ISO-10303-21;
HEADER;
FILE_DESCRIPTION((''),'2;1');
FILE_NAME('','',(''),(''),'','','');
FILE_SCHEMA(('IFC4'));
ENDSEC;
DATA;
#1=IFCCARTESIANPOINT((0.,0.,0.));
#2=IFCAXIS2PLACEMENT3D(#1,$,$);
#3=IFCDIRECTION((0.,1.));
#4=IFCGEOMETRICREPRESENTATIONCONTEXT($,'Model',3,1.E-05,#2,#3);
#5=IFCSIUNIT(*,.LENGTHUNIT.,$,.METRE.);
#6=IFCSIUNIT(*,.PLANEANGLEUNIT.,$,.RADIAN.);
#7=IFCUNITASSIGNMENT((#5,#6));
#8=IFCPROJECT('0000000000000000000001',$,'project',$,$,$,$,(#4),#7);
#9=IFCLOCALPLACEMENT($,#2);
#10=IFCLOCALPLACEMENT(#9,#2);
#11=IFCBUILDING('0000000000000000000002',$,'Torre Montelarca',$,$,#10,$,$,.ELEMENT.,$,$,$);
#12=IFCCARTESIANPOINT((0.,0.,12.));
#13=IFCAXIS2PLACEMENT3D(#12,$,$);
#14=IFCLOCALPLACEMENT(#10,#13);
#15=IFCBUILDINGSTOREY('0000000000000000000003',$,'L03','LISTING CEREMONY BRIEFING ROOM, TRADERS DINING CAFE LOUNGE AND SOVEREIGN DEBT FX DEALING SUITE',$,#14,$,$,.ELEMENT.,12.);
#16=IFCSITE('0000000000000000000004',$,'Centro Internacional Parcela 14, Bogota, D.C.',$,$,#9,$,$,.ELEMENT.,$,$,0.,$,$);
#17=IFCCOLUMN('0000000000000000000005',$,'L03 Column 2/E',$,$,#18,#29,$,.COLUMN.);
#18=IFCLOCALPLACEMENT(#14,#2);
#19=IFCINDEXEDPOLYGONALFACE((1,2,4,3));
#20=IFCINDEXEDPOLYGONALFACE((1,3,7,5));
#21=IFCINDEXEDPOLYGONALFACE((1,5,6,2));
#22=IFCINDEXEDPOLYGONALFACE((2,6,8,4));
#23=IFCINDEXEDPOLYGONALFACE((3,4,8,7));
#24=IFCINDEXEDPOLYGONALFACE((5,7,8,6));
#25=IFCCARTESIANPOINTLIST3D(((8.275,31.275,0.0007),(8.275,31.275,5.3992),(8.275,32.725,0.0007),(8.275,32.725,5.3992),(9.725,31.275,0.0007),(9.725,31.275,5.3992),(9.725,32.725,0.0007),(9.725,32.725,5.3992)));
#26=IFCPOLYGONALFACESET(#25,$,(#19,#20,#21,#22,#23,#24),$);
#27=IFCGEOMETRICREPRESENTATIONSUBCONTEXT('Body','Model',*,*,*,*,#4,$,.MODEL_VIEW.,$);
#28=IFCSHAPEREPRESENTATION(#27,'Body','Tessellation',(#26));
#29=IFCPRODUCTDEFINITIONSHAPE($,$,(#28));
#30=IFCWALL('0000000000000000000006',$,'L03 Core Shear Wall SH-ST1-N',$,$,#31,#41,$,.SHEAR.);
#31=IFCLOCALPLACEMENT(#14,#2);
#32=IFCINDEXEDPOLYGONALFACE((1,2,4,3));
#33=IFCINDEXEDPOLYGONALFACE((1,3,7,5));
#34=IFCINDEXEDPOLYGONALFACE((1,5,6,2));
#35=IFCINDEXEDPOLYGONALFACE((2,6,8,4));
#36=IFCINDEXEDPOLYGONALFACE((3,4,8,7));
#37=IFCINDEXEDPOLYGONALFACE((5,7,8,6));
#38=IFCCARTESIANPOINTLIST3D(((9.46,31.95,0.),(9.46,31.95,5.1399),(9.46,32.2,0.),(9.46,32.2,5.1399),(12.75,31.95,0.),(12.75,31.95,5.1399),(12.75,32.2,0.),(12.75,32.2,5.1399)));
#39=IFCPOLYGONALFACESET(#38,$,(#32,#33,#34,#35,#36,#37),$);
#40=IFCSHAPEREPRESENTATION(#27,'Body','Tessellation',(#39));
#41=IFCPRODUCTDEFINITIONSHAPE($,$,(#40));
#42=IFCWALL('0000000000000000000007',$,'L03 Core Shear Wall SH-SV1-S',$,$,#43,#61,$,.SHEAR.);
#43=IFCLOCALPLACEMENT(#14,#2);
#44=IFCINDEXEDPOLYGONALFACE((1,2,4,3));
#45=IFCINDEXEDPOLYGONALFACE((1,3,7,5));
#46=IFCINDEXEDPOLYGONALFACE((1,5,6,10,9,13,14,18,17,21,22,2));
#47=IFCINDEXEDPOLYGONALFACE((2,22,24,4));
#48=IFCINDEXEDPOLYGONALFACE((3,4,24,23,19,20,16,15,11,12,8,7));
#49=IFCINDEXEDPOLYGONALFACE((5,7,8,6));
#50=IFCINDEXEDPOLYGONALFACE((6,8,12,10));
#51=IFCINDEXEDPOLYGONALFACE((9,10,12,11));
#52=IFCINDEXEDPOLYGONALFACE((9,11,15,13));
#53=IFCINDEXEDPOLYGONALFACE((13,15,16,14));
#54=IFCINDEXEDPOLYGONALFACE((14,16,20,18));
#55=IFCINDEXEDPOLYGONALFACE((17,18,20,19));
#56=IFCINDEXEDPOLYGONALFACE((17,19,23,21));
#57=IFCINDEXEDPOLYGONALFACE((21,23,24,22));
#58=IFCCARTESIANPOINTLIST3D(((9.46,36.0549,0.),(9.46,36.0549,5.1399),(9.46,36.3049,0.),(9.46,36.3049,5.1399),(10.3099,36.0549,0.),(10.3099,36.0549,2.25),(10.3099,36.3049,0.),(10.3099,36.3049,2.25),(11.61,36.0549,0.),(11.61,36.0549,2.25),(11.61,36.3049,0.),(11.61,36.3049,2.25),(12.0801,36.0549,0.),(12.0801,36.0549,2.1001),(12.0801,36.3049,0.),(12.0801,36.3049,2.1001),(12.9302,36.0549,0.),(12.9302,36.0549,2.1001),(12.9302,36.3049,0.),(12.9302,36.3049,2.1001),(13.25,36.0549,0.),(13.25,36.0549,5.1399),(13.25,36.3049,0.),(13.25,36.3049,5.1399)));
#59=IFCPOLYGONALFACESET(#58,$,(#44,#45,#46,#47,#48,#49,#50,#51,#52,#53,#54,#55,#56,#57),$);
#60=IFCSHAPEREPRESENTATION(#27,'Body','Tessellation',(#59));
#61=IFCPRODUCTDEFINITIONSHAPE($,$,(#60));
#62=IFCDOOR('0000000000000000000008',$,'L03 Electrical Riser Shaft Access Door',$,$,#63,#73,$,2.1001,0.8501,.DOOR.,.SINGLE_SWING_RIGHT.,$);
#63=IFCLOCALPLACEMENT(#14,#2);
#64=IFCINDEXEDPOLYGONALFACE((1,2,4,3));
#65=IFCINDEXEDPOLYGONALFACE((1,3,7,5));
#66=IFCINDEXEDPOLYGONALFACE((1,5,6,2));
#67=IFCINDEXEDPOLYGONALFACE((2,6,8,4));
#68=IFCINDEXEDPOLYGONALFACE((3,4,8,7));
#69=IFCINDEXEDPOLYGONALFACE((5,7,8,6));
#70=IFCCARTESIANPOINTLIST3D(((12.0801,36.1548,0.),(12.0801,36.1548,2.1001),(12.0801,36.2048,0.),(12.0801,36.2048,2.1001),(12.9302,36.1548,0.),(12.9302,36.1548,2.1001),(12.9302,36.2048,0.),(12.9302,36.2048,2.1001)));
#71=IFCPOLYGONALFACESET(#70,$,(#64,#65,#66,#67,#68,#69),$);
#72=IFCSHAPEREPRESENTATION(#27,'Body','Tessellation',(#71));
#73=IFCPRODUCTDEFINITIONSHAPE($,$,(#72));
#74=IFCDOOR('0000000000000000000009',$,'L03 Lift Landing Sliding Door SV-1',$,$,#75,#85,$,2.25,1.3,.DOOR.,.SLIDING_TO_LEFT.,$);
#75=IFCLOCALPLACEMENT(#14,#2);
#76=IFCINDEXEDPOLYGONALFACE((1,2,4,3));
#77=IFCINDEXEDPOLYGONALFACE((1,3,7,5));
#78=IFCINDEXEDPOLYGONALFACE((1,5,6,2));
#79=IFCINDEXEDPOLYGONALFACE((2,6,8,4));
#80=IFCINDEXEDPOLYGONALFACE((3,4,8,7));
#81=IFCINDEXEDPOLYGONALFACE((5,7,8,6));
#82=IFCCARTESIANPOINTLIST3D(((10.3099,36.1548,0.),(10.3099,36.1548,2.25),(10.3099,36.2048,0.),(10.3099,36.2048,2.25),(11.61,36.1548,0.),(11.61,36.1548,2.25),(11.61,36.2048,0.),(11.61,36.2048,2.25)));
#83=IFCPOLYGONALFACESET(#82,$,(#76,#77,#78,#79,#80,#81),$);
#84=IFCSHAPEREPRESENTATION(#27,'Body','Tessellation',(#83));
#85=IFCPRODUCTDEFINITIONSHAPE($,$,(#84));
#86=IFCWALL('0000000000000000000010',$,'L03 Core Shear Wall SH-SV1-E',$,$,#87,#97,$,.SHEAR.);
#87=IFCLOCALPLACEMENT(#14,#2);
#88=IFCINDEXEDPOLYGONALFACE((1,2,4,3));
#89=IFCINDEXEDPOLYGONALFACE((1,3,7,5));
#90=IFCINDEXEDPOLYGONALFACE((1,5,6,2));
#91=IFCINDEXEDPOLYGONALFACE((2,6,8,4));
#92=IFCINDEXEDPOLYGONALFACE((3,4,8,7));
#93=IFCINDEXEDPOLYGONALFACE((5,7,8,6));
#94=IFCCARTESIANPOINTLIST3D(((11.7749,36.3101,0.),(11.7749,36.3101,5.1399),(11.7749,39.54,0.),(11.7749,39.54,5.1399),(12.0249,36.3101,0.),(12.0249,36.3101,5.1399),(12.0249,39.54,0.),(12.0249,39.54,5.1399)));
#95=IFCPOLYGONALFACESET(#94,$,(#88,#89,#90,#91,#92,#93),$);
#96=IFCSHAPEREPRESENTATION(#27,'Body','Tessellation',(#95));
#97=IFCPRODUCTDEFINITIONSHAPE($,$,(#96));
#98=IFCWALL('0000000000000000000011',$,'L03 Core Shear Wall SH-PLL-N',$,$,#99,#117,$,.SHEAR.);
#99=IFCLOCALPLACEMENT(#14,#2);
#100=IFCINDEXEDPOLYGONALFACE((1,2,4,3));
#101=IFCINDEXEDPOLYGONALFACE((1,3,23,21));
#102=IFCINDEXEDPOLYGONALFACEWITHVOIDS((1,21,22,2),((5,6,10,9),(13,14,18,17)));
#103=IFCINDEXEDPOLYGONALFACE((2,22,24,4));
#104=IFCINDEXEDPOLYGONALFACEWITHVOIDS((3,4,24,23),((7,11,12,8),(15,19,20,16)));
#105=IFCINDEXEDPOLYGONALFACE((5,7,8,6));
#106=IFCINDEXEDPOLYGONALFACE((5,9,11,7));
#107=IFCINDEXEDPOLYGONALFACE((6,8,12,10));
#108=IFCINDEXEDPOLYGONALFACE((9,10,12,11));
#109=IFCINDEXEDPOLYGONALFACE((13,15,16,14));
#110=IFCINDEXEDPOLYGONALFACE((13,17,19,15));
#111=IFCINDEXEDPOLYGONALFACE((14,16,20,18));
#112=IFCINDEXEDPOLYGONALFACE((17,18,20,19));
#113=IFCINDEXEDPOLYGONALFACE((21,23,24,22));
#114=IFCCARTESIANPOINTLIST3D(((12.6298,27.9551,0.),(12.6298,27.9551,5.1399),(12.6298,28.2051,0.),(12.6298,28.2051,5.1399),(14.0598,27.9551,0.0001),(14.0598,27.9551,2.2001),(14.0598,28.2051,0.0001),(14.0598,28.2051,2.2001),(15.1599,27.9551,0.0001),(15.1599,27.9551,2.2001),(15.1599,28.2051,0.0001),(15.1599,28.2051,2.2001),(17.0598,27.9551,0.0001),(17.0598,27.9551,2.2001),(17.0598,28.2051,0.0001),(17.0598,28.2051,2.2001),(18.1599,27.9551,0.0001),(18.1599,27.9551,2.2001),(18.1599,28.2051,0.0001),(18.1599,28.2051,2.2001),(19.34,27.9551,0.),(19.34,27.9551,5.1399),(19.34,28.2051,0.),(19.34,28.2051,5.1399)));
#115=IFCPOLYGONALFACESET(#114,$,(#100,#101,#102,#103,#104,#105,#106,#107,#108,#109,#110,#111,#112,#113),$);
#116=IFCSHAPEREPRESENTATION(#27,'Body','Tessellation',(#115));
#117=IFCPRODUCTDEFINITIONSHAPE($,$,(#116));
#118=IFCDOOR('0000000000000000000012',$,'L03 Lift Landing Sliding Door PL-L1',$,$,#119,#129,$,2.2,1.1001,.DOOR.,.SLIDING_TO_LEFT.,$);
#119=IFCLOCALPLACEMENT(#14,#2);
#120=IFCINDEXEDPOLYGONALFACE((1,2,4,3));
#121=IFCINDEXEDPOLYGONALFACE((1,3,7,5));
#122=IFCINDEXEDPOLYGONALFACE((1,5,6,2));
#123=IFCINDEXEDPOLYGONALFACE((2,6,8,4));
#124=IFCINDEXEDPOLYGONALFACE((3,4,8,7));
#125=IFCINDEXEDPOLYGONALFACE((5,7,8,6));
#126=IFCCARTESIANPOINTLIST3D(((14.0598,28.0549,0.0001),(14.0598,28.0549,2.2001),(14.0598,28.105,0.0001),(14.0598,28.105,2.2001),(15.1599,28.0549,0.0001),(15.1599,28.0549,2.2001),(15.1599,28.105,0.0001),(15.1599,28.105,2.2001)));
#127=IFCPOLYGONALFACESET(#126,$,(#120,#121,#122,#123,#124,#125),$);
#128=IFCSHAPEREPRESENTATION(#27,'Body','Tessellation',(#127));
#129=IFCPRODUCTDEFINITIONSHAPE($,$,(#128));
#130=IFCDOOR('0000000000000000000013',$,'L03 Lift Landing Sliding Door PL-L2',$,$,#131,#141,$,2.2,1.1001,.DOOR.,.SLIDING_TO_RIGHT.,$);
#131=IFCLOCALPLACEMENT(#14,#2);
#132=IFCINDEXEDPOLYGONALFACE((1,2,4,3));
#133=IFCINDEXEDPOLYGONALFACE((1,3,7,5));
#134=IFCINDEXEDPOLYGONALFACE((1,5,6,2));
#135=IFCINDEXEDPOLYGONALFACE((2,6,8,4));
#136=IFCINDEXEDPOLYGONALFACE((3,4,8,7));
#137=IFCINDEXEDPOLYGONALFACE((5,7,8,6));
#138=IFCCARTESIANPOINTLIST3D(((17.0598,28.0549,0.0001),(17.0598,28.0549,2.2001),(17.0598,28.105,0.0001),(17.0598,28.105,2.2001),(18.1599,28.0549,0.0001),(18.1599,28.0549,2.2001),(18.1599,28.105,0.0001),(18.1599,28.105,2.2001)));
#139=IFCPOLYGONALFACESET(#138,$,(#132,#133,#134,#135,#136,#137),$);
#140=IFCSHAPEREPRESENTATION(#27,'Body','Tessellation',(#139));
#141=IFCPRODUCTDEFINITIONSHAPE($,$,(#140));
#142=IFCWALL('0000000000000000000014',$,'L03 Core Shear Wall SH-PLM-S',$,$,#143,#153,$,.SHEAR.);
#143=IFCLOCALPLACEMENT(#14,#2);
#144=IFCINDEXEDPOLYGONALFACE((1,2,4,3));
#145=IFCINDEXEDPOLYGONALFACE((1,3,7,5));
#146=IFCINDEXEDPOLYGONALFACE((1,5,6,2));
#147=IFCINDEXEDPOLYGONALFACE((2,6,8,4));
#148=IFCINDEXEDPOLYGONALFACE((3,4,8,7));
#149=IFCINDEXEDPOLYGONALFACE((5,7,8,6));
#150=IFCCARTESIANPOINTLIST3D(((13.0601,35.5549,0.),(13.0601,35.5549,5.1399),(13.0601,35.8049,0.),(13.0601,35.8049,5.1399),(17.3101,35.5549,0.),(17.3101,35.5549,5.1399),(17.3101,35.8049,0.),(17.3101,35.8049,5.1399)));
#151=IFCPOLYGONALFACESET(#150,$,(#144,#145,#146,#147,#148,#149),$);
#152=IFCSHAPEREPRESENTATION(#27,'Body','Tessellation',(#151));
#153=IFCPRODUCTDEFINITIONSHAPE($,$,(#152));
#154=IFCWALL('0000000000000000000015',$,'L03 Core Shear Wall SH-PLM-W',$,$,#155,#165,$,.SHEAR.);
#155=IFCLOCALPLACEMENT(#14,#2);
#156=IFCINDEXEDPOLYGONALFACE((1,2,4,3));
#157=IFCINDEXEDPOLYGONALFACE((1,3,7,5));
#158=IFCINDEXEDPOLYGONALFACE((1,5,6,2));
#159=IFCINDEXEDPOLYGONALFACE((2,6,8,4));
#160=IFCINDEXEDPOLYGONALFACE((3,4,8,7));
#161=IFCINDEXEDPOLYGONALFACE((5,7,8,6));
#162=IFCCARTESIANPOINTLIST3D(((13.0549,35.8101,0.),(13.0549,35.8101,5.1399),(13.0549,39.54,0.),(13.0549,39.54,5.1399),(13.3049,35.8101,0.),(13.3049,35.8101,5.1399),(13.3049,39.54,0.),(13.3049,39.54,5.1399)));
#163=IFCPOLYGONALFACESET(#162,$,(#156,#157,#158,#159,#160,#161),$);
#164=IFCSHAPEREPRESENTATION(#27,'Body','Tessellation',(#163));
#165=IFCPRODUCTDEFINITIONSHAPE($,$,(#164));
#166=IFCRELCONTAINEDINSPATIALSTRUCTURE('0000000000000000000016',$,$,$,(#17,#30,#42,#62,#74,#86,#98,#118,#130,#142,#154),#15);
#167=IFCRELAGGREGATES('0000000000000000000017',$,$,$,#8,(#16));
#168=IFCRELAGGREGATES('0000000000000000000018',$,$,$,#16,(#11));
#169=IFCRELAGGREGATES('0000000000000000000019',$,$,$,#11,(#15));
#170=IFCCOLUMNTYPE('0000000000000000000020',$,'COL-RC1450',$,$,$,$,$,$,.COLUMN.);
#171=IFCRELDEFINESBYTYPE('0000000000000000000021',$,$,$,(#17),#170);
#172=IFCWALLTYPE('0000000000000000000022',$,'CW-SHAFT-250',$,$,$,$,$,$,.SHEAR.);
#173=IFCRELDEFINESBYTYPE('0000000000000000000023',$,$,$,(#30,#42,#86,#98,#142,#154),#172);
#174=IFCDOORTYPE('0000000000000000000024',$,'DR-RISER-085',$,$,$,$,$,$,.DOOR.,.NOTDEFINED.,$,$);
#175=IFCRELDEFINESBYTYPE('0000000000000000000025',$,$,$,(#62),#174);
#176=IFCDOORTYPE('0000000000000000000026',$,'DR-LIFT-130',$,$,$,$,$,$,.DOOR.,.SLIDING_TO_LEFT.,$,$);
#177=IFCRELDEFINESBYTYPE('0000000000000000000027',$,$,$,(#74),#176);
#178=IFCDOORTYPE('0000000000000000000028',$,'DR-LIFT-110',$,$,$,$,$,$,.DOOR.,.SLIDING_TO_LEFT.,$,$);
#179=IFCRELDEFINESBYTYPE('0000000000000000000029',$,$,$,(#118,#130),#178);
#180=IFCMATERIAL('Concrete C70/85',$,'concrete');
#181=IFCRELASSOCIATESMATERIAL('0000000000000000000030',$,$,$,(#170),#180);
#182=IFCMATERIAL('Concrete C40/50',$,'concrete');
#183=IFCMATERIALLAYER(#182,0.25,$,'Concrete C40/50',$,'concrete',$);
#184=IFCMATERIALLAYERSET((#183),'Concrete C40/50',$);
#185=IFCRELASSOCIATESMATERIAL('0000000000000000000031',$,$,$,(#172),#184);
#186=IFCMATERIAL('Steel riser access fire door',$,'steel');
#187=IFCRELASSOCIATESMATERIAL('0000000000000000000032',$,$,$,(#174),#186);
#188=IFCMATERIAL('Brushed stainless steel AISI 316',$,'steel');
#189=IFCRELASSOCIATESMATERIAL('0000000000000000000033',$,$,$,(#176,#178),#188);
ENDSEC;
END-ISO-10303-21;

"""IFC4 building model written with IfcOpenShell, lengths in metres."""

from ifc_helpers import new_model, si_unit, direction, frame, frame_2d, origin, origin_2d, place, context, subcontext, project, spatial, rectangle, extrude, source, transform, mapped, material, layer, layer_set, material_profile, profile_set, type_object, element, fill, save


model = new_model("IFC4")

# Units and contexts
model_context = context("Model", 3, precision=1e-05, world=origin(), true_north=direction((0.0, 1.0)))
body_context = subcontext(model_context, "Body", "Model", "MODEL_VIEW")
ifc_project = project(units=[si_unit("LENGTHUNIT", "METRE"), si_unit("PLANEANGLEUNIT", "RADIAN")], contexts=[model_context])

# Site, building, storey
site_placement = place(None, origin())
site = spatial("IfcSite", under=ifc_project, at=site_placement, Name="Centro Internacional Parcela 14, Bogota, D.C.", CompositionType="ELEMENT", RefElevation=0.0)
building_placement = place(site_placement, origin())
building = spatial("IfcBuilding", under=site, at=building_placement, Name="Torre Montelarca", CompositionType="ELEMENT")
storey_placement = place(building_placement, frame((0.0, 0.0, 12.0)))
storey = spatial("IfcBuildingStorey", under=building, at=storey_placement, Name="L03", Description="LISTING CEREMONY BRIEFING ROOM, TRADERS DINING CAFE LOUNGE AND SOVEREIGN DEBT FX DEALING SUITE", CompositionType="ELEMENT", Elevation=12.0)

# Column
ifc_material_1 = material(Name="Concrete C70/85", Category="concrete")
ifc_material_profile = material_profile(ifc_material_1, rectangle(XDim=1.45, YDim=1.45, at=origin_2d()), Name="RC1450X1450", Category="concrete")
ifc_profile_set = profile_set([ifc_material_profile], Name="Concrete C70/85")
column_type = type_object("IfcColumnType", Name="COL-RC1450", PredefinedType="COLUMN", material=ifc_profile_set)
shared_shape_1 = source(origin(), body_context, "Body", "SweptSolid", [
    extrude(rectangle(XDim=1.45, YDim=1.45, at=origin_2d()), origin(), (0.0, 0.0, 1.0), 5.3984),
])
column_placement = place(storey_placement, frame((9.0, 32.0, 0.0007), z_axis=(0.0, 0.0, 1.0), x_axis=(1.0, 0.0, 0.0)))
element("IfcColumn", 1, at=column_placement, inside=storey, type_object=column_type, Name="L03 Column 2/E", PredefinedType="COLUMN", context=body_context, shape_type="MappedRepresentation", body=[
    mapped(shared_shape_1, transform((0.0, 0.0, 0.0), scale=1.0)),
])

# Wall
ifc_material_2 = material(Name="Concrete C40/50", Category="concrete")
ifc_layer_1 = layer(ifc_material_2, 0.25, Name="Concrete C40/50", Category="concrete")
ifc_layer_set_1 = layer_set([ifc_layer_1], Name="Concrete C40/50")
wall_type_1 = type_object("IfcWallType", Name="CW-SHAFT-250", PredefinedType="SHEAR", material=ifc_layer_set_1)
wall_1_placement = place(storey_placement, frame((9.46, 32.075, 0.0), z_axis=(0.0, 0.0, 1.0), x_axis=(1.0, 0.0, 0.0)))
element("IfcWall", 2, at=wall_1_placement, inside=storey, type_object=wall_type_1, Name="L03 Core Shear Wall SH-ST1-N", PredefinedType="SHEAR", context=body_context, shape_type="SweptSolid", body=[
    extrude(rectangle(XDim=3.29, YDim=0.25, at=frame_2d((1.645, 0.0))), origin(), (0.0, 0.0, 1.0), 5.1399),
])

# Wall, openings, doors
wall_2_placement = place(storey_placement, frame((9.46, 36.1799, 0.0), z_axis=(0.0, 0.0, 1.0), x_axis=(1.0, 0.0, 0.0)))
wall_2 = element("IfcWall", 3, at=wall_2_placement, inside=storey, type_object=wall_type_1, Name="L03 Core Shear Wall SH-SV1-S", PredefinedType="SHEAR", context=body_context, shape_type="SweptSolid", body=[
    extrude(rectangle(XDim=3.79, YDim=0.25, at=frame_2d((1.895, 0.0))), origin(), (0.0, 0.0, 1.0), 5.1399),
])
opening_1_placement = place(wall_2_placement, frame((2.6201, 0.0, 0.0)))
opening_1 = element("IfcOpeningElement", 4, at=opening_1_placement, cuts=wall_2, PredefinedType="OPENING", context=body_context, shape_type="SweptSolid", body=[
    extrude(rectangle(XDim=0.8501, YDim=2.1001, at=frame_2d((0.425, 1.05))), frame((0.0, 0.135, 0.0), z_axis=(0.0, -1.0, 0.0), x_axis=(1.0, 0.0, 0.0)), (0.0, 0.0, 1.0), 0.27),
])
opening_2_placement = place(wall_2_placement, frame((0.8501, 0.0, 0.0)))
opening_2 = element("IfcOpeningElement", 5, at=opening_2_placement, cuts=wall_2, PredefinedType="OPENING", context=body_context, shape_type="SweptSolid", body=[
    extrude(rectangle(XDim=1.3, YDim=2.25, at=frame_2d((0.6499, 1.125))), frame((0.0, 0.135, 0.0), z_axis=(0.0, -1.0, 0.0), x_axis=(1.0, 0.0, 0.0)), (0.0, 0.0, 1.0), 0.27),
])
ifc_material_3 = material(Name="Steel riser access fire door", Category="steel")
door_type_1 = type_object("IfcDoorType", Name="DR-RISER-085", OperationType="NOTDEFINED", PredefinedType="DOOR", material=ifc_material_3)
shared_shape_2 = source(origin(), body_context, "Body", "SweptSolid", [
    extrude(rectangle(XDim=0.8501, YDim=2.1001, at=frame_2d((0.425, 1.05))), frame((0.0, 0.0249, 0.0), z_axis=(0.0, -1.0, 0.0), x_axis=(1.0, 0.0, 0.0)), (0.0, 0.0, 1.0), 0.05),
])
door_1_placement = place(opening_1_placement, origin())
door_1 = element("IfcDoor", 6, at=door_1_placement, inside=storey, type_object=door_type_1, Name="L03 Electrical Riser Shaft Access Door", OperationType="SINGLE_SWING_RIGHT", OverallHeight=2.1001, OverallWidth=0.8501, PredefinedType="DOOR", context=body_context, shape_type="MappedRepresentation", body=[
    mapped(shared_shape_2, transform((0.0, 0.0, 0.0), scale=1.0)),
])
fill(opening_1, door_1)
ifc_material_4 = material(Name="Brushed stainless steel AISI 316", Category="steel")
door_type_2 = type_object("IfcDoorType", Name="DR-LIFT-130", OperationType="SLIDING_TO_LEFT", PredefinedType="DOOR", material=ifc_material_4)
shared_shape_3 = source(origin(), body_context, "Body", "SweptSolid", [
    extrude(rectangle(XDim=1.3, YDim=2.25, at=frame_2d((0.6499, 1.125))), frame((0.0, 0.0249, 0.0), z_axis=(0.0, -1.0, 0.0), x_axis=(1.0, 0.0, 0.0)), (0.0, 0.0, 1.0), 0.05),
])
door_2_placement = place(opening_2_placement, origin())
door_2 = element("IfcDoor", 7, at=door_2_placement, inside=storey, type_object=door_type_2, Name="L03 Lift Landing Sliding Door SV-1", OperationType="SLIDING_TO_LEFT", OverallHeight=2.25, OverallWidth=1.3, PredefinedType="DOOR", context=body_context, shape_type="MappedRepresentation", body=[
    mapped(shared_shape_3, transform((0.0, 0.0, 0.0), scale=1.0)),
])
fill(opening_2, door_2)

# Wall
wall_3_placement = place(storey_placement, frame((11.8999, 36.3101, 0.0), z_axis=(0.0, 0.0, 1.0), x_axis=(0.0, 1.0, 0.0)))
element("IfcWall", 8, at=wall_3_placement, inside=storey, type_object=wall_type_1, Name="L03 Core Shear Wall SH-SV1-E", PredefinedType="SHEAR", context=body_context, shape_type="SweptSolid", body=[
    extrude(rectangle(XDim=3.23, YDim=0.25, at=frame_2d((1.615, 0.0))), origin(), (0.0, 0.0, 1.0), 5.1399),
])

# Wall, openings, doors
wall_4_placement = place(storey_placement, frame((12.6299, 28.0801, 0.0), z_axis=(0.0, 0.0, 1.0), x_axis=(1.0, 0.0, 0.0)))
wall_4 = element("IfcWall", 9, at=wall_4_placement, inside=storey, type_object=wall_type_1, Name="L03 Core Shear Wall SH-PLL-N", PredefinedType="SHEAR", context=body_context, shape_type="SweptSolid", body=[
    extrude(rectangle(XDim=6.7102, YDim=0.25, at=frame_2d((3.355, 0.0))), origin(), (0.0, 0.0, 1.0), 5.1399),
])
opening_3_placement = place(wall_4_placement, frame((1.4299, 0.0, 0.0)))
opening_3 = element("IfcOpeningElement", 10, at=opening_3_placement, cuts=wall_4, PredefinedType="OPENING", context=body_context, shape_type="SweptSolid", body=[
    extrude(rectangle(XDim=1.1001, YDim=2.2, at=frame_2d((0.55, 1.1001))), frame((0.0, 0.135, 0.0), z_axis=(0.0, -1.0, 0.0), x_axis=(1.0, 0.0, 0.0)), (0.0, 0.0, 1.0), 0.27),
])
opening_4_placement = place(wall_4_placement, frame((4.4299, 0.0, 0.0)))
opening_4 = element("IfcOpeningElement", 11, at=opening_4_placement, cuts=wall_4, PredefinedType="OPENING", context=body_context, shape_type="SweptSolid", body=[
    extrude(rectangle(XDim=1.1001, YDim=2.2, at=frame_2d((0.55, 1.1001))), frame((0.0, 0.135, 0.0), z_axis=(0.0, -1.0, 0.0), x_axis=(1.0, 0.0, 0.0)), (0.0, 0.0, 1.0), 0.27),
])
door_type_3 = type_object("IfcDoorType", Name="DR-LIFT-110", OperationType="SLIDING_TO_LEFT", PredefinedType="DOOR", material=ifc_material_4)
shared_shape_4 = source(origin(), body_context, "Body", "SweptSolid", [
    extrude(rectangle(XDim=1.1001, YDim=2.2, at=frame_2d((0.55, 1.1001))), frame((0.0, 0.0249, 0.0), z_axis=(0.0, -1.0, 0.0), x_axis=(1.0, 0.0, 0.0)), (0.0, 0.0, 1.0), 0.05),
])
door_3_placement = place(opening_3_placement, origin())
door_3 = element("IfcDoor", 12, at=door_3_placement, inside=storey, type_object=door_type_3, Name="L03 Lift Landing Sliding Door PL-L1", OperationType="SLIDING_TO_LEFT", OverallHeight=2.2, OverallWidth=1.1001, PredefinedType="DOOR", context=body_context, shape_type="MappedRepresentation", body=[
    mapped(shared_shape_4, transform((0.0, 0.0, 0.0), scale=1.0)),
])
fill(opening_3, door_3)
door_4_placement = place(opening_4_placement, origin())
door_4 = element("IfcDoor", 13, at=door_4_placement, inside=storey, type_object=door_type_3, Name="L03 Lift Landing Sliding Door PL-L2", OperationType="SLIDING_TO_RIGHT", OverallHeight=2.2, OverallWidth=1.1001, PredefinedType="DOOR", context=body_context, shape_type="MappedRepresentation", body=[
    mapped(shared_shape_4, transform((0.0, 0.0, 0.0), scale=1.0)),
])
fill(opening_4, door_4)

# Walls
wall_5_placement = place(storey_placement, frame((13.0601, 35.6799, 0.0), z_axis=(0.0, 0.0, 1.0), x_axis=(1.0, 0.0, 0.0)))
element("IfcWall", 14, at=wall_5_placement, inside=storey, type_object=wall_type_1, Name="L03 Core Shear Wall SH-PLM-S", PredefinedType="SHEAR", context=body_context, shape_type="SweptSolid", body=[
    extrude(rectangle(XDim=4.25, YDim=0.25, at=frame_2d((2.125, 0.0))), origin(), (0.0, 0.0, 1.0), 5.1399),
])
for number, where, z_axis, x_axis, name in (
    (15, (13.1799, 35.8101, 0.0), (0.0, 0.0, 1.0), (0.0, 1.0, 0.0), "L03 Core Shear Wall SH-PLM-W"),
):
    element("IfcWall", number, at=place(storey_placement, frame(where, z_axis=z_axis, x_axis=x_axis)), inside=storey, type_object=wall_type_1, Name=name, PredefinedType="SHEAR", context=body_context, shape_type="SweptSolid", body=[
        extrude(rectangle(XDim=3.73, YDim=0.25, at=frame_2d((1.865, 0.0))), origin(), (0.0, 0.0, 1.0), 5.1399),
    ])

save(model, "model.ifc")
